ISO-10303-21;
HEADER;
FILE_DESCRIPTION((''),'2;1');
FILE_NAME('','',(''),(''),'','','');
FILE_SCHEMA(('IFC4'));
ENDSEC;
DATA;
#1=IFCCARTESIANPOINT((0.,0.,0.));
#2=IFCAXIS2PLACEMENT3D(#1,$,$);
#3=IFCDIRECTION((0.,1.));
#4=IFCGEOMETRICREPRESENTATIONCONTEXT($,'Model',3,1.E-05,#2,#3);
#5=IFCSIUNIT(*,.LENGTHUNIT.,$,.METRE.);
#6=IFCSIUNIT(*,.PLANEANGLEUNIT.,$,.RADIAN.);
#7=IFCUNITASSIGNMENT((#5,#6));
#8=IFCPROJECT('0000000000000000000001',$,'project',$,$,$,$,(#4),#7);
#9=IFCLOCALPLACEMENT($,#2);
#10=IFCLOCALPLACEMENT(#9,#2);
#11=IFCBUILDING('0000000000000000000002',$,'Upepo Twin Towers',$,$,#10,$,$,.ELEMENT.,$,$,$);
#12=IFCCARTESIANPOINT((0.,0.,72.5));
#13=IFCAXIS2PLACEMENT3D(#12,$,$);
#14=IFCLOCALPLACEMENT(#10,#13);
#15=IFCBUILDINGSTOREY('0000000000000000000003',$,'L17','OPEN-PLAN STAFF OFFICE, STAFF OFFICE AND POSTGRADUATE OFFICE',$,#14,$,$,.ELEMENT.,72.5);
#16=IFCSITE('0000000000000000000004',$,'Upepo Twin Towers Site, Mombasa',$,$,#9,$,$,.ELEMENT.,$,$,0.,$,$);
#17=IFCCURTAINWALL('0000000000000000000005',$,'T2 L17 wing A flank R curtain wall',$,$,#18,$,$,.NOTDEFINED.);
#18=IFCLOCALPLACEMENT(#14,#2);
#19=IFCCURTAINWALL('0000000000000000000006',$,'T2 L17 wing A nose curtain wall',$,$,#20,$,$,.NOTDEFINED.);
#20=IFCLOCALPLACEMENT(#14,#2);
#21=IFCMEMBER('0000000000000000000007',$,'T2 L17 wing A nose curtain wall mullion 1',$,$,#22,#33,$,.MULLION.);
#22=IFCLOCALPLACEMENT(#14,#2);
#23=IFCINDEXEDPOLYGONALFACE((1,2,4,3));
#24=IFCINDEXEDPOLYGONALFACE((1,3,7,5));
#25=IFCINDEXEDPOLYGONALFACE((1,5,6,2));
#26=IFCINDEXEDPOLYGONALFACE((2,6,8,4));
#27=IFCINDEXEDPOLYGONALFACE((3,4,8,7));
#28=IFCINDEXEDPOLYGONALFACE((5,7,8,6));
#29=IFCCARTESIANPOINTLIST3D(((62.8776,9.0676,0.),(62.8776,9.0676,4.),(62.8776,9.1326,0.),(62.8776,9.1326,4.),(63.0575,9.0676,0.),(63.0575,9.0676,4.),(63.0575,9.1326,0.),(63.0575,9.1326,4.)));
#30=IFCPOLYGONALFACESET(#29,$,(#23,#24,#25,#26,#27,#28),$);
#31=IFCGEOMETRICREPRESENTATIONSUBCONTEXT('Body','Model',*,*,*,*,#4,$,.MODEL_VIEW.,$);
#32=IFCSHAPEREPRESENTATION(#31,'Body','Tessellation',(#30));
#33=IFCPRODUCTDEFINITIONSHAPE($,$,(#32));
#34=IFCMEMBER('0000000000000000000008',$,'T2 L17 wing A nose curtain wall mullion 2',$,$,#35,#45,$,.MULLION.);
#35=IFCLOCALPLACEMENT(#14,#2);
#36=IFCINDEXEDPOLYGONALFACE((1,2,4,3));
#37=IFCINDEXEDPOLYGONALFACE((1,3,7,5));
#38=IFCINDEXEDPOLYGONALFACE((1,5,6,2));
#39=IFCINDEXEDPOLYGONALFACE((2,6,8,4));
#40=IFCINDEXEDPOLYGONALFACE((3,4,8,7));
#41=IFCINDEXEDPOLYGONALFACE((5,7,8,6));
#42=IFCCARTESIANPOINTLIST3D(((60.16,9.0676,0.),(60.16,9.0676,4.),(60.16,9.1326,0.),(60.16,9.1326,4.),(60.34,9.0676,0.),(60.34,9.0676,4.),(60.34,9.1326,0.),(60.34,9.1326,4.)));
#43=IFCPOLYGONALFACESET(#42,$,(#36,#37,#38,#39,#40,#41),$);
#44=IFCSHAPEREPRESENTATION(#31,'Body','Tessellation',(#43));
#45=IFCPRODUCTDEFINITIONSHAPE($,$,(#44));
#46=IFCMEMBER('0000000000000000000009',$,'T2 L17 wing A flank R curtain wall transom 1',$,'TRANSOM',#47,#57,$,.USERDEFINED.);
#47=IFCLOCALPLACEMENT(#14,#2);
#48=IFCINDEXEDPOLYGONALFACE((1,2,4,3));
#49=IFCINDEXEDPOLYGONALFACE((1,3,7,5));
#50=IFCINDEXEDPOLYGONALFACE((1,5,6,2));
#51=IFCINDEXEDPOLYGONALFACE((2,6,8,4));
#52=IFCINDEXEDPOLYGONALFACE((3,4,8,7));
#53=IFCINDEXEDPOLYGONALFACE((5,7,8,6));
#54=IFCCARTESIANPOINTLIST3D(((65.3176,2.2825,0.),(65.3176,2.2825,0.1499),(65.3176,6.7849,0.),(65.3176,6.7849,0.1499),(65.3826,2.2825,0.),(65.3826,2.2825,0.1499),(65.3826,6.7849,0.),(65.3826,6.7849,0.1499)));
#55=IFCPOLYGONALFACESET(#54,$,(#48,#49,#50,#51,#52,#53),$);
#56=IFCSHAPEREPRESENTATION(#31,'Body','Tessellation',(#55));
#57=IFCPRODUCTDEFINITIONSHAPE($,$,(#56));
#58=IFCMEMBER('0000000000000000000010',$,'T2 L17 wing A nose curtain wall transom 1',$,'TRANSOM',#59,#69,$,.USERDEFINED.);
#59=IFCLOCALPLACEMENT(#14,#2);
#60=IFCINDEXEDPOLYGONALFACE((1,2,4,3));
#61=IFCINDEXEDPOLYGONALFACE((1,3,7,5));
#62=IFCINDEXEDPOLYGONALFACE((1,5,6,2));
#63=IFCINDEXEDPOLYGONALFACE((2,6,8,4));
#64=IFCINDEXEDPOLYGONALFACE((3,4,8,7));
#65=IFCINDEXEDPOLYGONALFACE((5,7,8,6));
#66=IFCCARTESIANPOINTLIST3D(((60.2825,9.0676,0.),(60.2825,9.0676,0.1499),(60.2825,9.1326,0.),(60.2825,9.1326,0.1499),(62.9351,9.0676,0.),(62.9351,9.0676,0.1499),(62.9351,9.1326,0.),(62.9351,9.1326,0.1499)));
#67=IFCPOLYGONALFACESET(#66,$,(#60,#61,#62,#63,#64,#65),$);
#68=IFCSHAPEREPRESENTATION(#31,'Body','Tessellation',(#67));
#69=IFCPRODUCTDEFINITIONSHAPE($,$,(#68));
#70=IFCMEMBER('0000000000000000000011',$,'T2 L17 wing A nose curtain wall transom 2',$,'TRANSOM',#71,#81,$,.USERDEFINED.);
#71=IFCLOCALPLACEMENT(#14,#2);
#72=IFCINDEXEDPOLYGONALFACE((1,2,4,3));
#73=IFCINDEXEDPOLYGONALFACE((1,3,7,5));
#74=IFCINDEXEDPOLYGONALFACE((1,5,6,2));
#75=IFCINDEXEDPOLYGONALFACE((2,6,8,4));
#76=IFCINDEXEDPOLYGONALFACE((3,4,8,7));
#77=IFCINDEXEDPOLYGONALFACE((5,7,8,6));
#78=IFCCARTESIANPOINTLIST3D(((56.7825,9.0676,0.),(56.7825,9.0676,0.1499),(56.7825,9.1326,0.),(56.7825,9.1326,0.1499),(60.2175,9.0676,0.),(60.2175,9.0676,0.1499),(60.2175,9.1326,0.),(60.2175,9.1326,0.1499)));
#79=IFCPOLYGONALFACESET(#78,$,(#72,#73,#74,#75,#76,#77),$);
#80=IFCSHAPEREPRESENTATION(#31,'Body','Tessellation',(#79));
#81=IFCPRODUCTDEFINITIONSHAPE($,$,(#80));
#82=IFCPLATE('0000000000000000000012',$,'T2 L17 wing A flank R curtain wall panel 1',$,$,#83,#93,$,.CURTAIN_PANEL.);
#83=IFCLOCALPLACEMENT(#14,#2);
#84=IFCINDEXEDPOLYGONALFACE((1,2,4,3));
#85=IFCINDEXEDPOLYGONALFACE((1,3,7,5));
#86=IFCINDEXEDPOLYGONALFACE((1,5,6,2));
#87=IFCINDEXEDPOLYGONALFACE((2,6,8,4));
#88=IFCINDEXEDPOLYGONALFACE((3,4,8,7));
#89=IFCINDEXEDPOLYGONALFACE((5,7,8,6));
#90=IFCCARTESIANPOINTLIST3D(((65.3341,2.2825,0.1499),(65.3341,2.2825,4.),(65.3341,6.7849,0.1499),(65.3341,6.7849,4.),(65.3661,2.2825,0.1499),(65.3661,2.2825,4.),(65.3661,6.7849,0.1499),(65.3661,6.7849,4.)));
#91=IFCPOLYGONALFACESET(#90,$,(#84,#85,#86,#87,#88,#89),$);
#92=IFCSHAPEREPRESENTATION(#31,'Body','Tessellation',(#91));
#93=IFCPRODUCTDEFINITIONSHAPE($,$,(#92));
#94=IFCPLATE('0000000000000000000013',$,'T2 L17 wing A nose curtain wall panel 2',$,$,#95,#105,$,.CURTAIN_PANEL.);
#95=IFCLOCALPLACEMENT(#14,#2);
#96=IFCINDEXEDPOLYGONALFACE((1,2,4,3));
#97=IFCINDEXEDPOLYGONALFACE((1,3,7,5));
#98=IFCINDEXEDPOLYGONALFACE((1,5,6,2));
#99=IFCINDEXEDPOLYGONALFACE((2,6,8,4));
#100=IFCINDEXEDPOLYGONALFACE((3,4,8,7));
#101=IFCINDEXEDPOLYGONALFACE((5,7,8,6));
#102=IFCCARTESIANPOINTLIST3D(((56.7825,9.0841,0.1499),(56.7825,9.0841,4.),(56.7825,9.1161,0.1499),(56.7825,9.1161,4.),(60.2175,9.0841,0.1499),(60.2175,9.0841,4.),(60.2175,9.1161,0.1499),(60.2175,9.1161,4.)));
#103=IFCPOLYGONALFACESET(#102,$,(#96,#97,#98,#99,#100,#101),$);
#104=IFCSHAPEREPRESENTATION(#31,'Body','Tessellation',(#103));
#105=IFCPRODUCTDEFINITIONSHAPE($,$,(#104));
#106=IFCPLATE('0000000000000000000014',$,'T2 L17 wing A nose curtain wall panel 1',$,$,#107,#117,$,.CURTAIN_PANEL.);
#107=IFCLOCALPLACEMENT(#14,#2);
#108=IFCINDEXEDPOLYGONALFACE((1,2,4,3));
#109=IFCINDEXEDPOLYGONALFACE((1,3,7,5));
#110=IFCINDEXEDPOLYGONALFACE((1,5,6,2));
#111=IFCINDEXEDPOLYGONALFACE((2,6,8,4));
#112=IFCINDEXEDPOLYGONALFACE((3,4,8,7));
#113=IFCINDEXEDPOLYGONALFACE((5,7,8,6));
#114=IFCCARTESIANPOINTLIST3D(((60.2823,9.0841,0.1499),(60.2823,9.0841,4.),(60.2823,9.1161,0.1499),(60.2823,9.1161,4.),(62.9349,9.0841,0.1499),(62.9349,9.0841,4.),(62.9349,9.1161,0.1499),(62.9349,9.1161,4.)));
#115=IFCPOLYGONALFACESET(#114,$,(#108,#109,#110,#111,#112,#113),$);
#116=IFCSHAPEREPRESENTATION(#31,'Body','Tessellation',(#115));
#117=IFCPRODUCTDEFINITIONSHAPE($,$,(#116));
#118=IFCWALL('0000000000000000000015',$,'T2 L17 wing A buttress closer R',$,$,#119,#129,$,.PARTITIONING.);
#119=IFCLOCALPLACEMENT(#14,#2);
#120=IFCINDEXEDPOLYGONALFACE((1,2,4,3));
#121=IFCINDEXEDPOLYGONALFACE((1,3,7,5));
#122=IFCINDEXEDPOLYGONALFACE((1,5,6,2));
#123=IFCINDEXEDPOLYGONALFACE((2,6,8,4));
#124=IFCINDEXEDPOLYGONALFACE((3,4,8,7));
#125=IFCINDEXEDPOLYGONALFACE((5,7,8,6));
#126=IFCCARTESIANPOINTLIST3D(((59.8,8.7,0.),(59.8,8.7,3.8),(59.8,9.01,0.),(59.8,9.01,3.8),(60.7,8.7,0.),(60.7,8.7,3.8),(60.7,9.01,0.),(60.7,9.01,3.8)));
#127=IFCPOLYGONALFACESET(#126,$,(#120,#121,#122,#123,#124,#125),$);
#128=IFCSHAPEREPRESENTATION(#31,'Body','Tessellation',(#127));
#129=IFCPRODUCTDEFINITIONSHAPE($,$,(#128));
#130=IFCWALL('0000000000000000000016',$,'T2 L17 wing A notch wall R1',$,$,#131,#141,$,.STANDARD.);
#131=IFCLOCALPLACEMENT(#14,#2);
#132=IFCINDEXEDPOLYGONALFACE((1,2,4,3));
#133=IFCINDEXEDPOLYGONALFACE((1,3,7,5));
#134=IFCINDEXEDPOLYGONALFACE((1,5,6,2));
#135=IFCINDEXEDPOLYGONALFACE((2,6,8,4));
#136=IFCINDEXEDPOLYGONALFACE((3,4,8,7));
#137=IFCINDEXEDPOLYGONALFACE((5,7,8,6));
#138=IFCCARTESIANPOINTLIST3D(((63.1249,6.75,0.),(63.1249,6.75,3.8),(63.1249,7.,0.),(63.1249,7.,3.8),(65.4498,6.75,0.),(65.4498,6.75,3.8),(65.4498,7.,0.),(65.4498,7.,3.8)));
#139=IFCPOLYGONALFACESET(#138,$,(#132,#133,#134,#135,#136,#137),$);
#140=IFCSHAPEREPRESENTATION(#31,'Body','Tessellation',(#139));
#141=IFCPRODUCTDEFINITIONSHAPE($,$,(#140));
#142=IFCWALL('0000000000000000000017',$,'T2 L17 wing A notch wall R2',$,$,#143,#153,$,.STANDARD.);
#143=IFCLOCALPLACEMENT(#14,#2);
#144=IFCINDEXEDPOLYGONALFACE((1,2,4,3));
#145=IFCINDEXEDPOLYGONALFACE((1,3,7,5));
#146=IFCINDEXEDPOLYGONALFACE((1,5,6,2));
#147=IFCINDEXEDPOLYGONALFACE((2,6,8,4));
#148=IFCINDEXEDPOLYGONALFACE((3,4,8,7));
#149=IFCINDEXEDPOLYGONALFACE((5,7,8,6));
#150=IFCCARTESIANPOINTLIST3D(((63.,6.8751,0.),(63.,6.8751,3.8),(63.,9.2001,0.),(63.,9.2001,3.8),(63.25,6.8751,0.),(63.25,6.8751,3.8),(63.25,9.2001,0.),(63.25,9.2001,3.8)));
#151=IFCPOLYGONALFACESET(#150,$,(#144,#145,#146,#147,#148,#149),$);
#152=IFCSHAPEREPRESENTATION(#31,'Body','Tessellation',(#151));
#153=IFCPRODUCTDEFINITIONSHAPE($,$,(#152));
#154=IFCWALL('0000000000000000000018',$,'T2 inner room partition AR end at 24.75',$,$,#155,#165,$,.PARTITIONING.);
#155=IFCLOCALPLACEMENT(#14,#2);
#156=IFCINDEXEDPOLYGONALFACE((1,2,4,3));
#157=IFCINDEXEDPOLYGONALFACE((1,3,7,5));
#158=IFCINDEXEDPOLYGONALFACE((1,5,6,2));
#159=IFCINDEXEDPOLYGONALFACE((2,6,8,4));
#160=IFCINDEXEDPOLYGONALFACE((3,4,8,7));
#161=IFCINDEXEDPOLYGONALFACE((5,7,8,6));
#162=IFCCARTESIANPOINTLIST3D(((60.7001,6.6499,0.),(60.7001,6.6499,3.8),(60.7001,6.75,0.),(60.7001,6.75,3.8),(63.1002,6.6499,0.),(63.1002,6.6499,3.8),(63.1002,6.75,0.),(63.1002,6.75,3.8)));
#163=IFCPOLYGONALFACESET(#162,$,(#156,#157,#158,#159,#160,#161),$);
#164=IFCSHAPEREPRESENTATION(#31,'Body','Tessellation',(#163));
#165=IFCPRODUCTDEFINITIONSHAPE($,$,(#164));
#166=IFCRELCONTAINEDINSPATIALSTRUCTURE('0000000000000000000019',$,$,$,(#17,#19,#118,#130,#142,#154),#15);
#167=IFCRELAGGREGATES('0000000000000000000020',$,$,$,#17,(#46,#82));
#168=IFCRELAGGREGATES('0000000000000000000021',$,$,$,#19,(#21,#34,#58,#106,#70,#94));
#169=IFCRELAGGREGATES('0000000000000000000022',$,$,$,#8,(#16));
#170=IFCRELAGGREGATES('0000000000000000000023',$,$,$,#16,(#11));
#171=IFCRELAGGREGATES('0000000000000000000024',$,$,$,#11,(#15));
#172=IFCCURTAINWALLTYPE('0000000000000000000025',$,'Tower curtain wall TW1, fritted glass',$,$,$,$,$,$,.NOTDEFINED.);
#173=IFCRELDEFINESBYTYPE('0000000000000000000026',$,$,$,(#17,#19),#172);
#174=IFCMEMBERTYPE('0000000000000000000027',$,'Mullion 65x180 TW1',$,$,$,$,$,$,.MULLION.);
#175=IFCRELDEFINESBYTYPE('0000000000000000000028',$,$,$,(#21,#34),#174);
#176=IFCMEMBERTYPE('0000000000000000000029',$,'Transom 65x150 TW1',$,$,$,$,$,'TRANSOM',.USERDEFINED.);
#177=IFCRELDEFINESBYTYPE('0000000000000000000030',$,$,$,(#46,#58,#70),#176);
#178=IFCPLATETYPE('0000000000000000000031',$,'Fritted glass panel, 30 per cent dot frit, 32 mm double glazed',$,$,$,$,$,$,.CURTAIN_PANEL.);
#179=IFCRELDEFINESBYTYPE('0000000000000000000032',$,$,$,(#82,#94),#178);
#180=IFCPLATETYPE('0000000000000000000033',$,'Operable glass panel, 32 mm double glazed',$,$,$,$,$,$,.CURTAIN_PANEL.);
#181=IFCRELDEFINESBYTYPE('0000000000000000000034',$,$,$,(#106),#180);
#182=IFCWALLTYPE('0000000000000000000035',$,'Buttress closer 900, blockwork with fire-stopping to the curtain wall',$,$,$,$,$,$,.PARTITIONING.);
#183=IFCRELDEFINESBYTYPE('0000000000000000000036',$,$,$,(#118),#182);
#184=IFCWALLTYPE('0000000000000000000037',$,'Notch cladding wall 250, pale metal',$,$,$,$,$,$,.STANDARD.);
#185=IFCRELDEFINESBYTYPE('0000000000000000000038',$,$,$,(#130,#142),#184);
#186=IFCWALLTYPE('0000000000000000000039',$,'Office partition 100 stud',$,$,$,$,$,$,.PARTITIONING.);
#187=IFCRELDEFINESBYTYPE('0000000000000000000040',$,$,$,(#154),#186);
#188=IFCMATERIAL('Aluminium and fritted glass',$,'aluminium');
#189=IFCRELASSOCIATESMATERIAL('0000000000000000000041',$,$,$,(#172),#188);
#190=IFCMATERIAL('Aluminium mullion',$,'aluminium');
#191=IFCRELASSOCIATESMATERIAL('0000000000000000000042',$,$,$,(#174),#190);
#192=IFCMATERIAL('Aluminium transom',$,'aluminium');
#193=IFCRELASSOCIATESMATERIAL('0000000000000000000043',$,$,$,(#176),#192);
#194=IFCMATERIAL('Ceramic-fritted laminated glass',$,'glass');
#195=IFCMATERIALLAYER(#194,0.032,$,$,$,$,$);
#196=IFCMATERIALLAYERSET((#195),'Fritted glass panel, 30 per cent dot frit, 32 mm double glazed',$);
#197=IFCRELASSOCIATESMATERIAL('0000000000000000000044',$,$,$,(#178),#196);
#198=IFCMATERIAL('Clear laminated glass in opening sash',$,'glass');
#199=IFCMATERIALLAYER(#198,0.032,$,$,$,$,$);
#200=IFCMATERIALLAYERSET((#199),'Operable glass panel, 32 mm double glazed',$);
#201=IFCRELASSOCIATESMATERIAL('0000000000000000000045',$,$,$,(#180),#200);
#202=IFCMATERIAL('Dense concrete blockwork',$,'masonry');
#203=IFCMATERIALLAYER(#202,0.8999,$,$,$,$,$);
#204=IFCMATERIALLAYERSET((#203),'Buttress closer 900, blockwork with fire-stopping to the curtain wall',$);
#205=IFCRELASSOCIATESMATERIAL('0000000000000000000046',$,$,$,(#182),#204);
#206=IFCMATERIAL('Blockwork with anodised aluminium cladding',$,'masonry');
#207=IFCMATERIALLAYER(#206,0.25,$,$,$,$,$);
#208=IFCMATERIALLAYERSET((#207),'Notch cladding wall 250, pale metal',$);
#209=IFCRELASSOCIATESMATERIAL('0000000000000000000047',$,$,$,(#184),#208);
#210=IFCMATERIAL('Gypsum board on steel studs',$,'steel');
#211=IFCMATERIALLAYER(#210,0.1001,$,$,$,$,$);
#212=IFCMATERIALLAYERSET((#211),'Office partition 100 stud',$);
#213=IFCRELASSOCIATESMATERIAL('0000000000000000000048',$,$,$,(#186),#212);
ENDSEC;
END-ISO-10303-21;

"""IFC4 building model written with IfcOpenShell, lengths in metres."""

from ifc_helpers import new_model, si_unit, direction, frame, frame_2d, origin, origin_2d, place, context, subcontext, project, spatial, rectangle, extrude, material, layer, layer_set, material_profile, profile_set, type_object, element, aggregate, save


model = new_model("IFC4")

# Units and contexts
model_context = context("Model", 3, precision=1e-05, world=origin(), true_north=direction((0.0, 1.0)))
body_context = subcontext(model_context, "Body", "Model", "MODEL_VIEW")
ifc_project = project(units=[si_unit("LENGTHUNIT", "METRE"), si_unit("PLANEANGLEUNIT", "RADIAN")], contexts=[model_context])

# Site, building, storey
site_placement = place(None, origin())
site = spatial("IfcSite", under=ifc_project, at=site_placement, Name="Upepo Twin Towers Site, Mombasa", CompositionType="ELEMENT", RefElevation=0.0)
building_placement = place(site_placement, origin())
building = spatial("IfcBuilding", under=site, at=building_placement, Name="Upepo Twin Towers", CompositionType="ELEMENT")
storey_placement = place(building_placement, frame((0.0, 0.0, 72.5)))
storey = spatial("IfcBuildingStorey", under=building, at=storey_placement, Name="L17", Description="OPEN-PLAN STAFF OFFICE, STAFF OFFICE AND POSTGRADUATE OFFICE", CompositionType="ELEMENT", Elevation=72.5)

# Curtain wall
ifc_material_1 = material(Name="Aluminium and fritted glass", Category="aluminium")
curtain_wall_type = type_object("IfcCurtainWallType", Name="Tower curtain wall TW1, fritted glass", PredefinedType="NOTDEFINED", material=ifc_material_1)
curtain_wall_1_placement = place(storey_placement, origin())
curtain_wall_1 = element("IfcCurtainWall", 1, at=curtain_wall_1_placement, inside=storey, type_object=curtain_wall_type, Name="T2 L17 wing A flank R curtain wall", PredefinedType="NOTDEFINED")
ifc_material_2 = material(Name="Aluminium mullion", Category="aluminium")
ifc_material_profile_1 = material_profile(ifc_material_2, rectangle(XDim=0.0649, YDim=0.1799, at=origin_2d()), Name="MULLION 65x180")
ifc_profile_set_1 = profile_set([ifc_material_profile_1], Name="Aluminium mullion")
member_type_1 = type_object("IfcMemberType", Name="Mullion 65x180 TW1", PredefinedType="MULLION", material=ifc_profile_set_1)

# Curtain wall, members
curtain_wall_2_placement = place(storey_placement, origin())
curtain_wall_2 = element("IfcCurtainWall", 2, at=curtain_wall_2_placement, inside=storey, type_object=curtain_wall_type, Name="T2 L17 wing A nose curtain wall", PredefinedType="NOTDEFINED")
member_1_placement = place(storey_placement, frame((62.9675, 9.1001, 0.0), z_axis=(0.0, 0.0, 1.0), x_axis=(0.0, -1.0, 0.0)))
member_1 = element("IfcMember", 3, at=member_1_placement, type_object=member_type_1, Name="T2 L17 wing A nose curtain wall mullion 1", PredefinedType="MULLION", context=body_context, shape_type="SweptSolid", body=[
    extrude(rectangle(XDim=0.0649, YDim=0.1799, at=origin_2d()), origin(), (0.0, 0.0, 1.0), 4.0),
])
member_2_placement = place(storey_placement, frame((60.25, 9.1001, 0.0), z_axis=(0.0, 0.0, 1.0), x_axis=(0.0, -1.0, 0.0)))
member_2 = element("IfcMember", 4, at=member_2_placement, type_object=member_type_1, Name="T2 L17 wing A nose curtain wall mullion 2", PredefinedType="MULLION", context=body_context, shape_type="SweptSolid", body=[
    extrude(rectangle(XDim=0.0649, YDim=0.1799, at=origin_2d()), origin(), (0.0, 0.0, 1.0), 4.0),
])

# Members
ifc_material_3 = material(Name="Aluminium transom", Category="aluminium")
ifc_material_profile_2 = material_profile(ifc_material_3, rectangle(XDim=0.0649, YDim=0.1499, at=origin_2d()), Name="TRANSOM 65x150")
ifc_profile_set_2 = profile_set([ifc_material_profile_2], Name="Aluminium transom")
member_type_2 = type_object("IfcMemberType", Name="Transom 65x150 TW1", ElementType="TRANSOM", PredefinedType="USERDEFINED", material=ifc_profile_set_2)
member_3_placement = place(storey_placement, frame((65.3501, 6.7849, 0.075), z_axis=(0.0, -1.0, 0.0), x_axis=(1.0, 0.0, 0.0)))
member_3 = element("IfcMember", 5, at=member_3_placement, type_object=member_type_2, Name="T2 L17 wing A flank R curtain wall transom 1", ObjectType="TRANSOM", PredefinedType="USERDEFINED", context=body_context, shape_type="SweptSolid", body=[
    extrude(rectangle(XDim=0.0649, YDim=0.1499, at=origin_2d()), origin(), (0.0, 0.0, 1.0), 4.5024),
])
member_4_placement = place(storey_placement, frame((62.9351, 9.1001, 0.075), z_axis=(-1.0, 0.0, 0.0), x_axis=(0.0, -1.0, 0.0)))
member_4 = element("IfcMember", 6, at=member_4_placement, type_object=member_type_2, Name="T2 L17 wing A nose curtain wall transom 1", ObjectType="TRANSOM", PredefinedType="USERDEFINED", context=body_context, shape_type="SweptSolid", body=[
    extrude(rectangle(XDim=0.0649, YDim=0.1499, at=origin_2d()), origin(), (0.0, 0.0, 1.0), 2.6526),
])
member_5_placement = place(storey_placement, frame((60.2175, 9.1001, 0.075), z_axis=(-1.0, 0.0, 0.0), x_axis=(0.0, -1.0, 0.0)))
member_5 = element("IfcMember", 7, at=member_5_placement, type_object=member_type_2, Name="T2 L17 wing A nose curtain wall transom 2", ObjectType="TRANSOM", PredefinedType="USERDEFINED", context=body_context, shape_type="SweptSolid", body=[
    extrude(rectangle(XDim=0.0649, YDim=0.1499, at=origin_2d()), origin(), (0.0, 0.0, 1.0), 3.4351),
])

# Plates
ifc_material_4 = material(Name="Ceramic-fritted laminated glass", Category="glass")
ifc_layer_1 = layer(ifc_material_4, 0.032)
ifc_layer_set_1 = layer_set([ifc_layer_1], Name="Fritted glass panel, 30 per cent dot frit, 32 mm double glazed")
plate_type_1 = type_object("IfcPlateType", Name="Fritted glass panel, 30 per cent dot frit, 32 mm double glazed", PredefinedType="CURTAIN_PANEL", material=ifc_layer_set_1)
plate_1_placement = place(storey_placement, frame((65.3501, 4.5337, 0.1499), z_axis=(0.0, 0.0, 1.0), x_axis=(0.0, -1.0, 0.0)))
plate_1 = element("IfcPlate", 8, at=plate_1_placement, type_object=plate_type_1, Name="T2 L17 wing A flank R curtain wall panel 1", PredefinedType="CURTAIN_PANEL", context=body_context, shape_type="SweptSolid", body=[
    extrude(rectangle(XDim=4.5024, YDim=0.032, at=origin_2d()), origin(), (0.0, 0.0, 1.0), 3.8501),
])
aggregate(curtain_wall_1, [member_3, plate_1])
plate_2_placement = place(storey_placement, frame((58.5, 9.1001, 0.1499), z_axis=(0.0, 0.0, 1.0), x_axis=(-1.0, 0.0, 0.0)))
plate_2 = element("IfcPlate", 9, at=plate_2_placement, type_object=plate_type_1, Name="T2 L17 wing A nose curtain wall panel 2", PredefinedType="CURTAIN_PANEL", context=body_context, shape_type="SweptSolid", body=[
    extrude(rectangle(XDim=3.4351, YDim=0.032, at=origin_2d()), origin(), (0.0, 0.0, 1.0), 3.8501),
])
ifc_material_5 = material(Name="Clear laminated glass in opening sash", Category="glass")
ifc_layer_2 = layer(ifc_material_5, 0.032)
ifc_layer_set_2 = layer_set([ifc_layer_2], Name="Operable glass panel, 32 mm double glazed")
plate_type_2 = type_object("IfcPlateType", Name="Operable glass panel, 32 mm double glazed", PredefinedType="CURTAIN_PANEL", material=ifc_layer_set_2)
plate_3_placement = place(storey_placement, frame((61.6086, 9.1001, 0.1499), z_axis=(0.0, 0.0, 1.0), x_axis=(-1.0, 0.0, 0.0)))
plate_3 = element("IfcPlate", 10, at=plate_3_placement, type_object=plate_type_2, Name="T2 L17 wing A nose curtain wall panel 1", PredefinedType="CURTAIN_PANEL", context=body_context, shape_type="SweptSolid", body=[
    extrude(rectangle(XDim=2.6526, YDim=0.032, at=origin_2d()), origin(), (0.0, 0.0, 1.0), 3.8501),
])
aggregate(curtain_wall_2, [member_1, member_2, member_4, plate_3, member_5, plate_2])

# Walls
ifc_material_6 = material(Name="Dense concrete blockwork", Category="masonry")
ifc_layer_3 = layer(ifc_material_6, 0.8999)
ifc_layer_set_3 = layer_set([ifc_layer_3], Name="Buttress closer 900, blockwork with fire-stopping to the curtain wall")
wall_type_1 = type_object("IfcWallType", Name="Buttress closer 900, blockwork with fire-stopping to the curtain wall", PredefinedType="PARTITIONING", material=ifc_layer_set_3)
wall_1_placement = place(storey_placement, frame((60.25, 8.7, 0.0), z_axis=(0.0, 0.0, 1.0), x_axis=(0.0, 1.0, 0.0)))
element("IfcWall", 11, at=wall_1_placement, inside=storey, type_object=wall_type_1, Name="T2 L17 wing A buttress closer R", PredefinedType="PARTITIONING", context=body_context, shape_type="SweptSolid", body=[
    extrude(rectangle(XDim=0.3101, YDim=0.8999, at=frame_2d((0.155, 0.0))), origin(), (0.0, 0.0, 1.0), 3.8),
])
ifc_material_7 = material(Name="Blockwork with anodised aluminium cladding", Category="masonry")
ifc_layer_4 = layer(ifc_material_7, 0.25)
ifc_layer_set_4 = layer_set([ifc_layer_4], Name="Notch cladding wall 250, pale metal")
wall_type_2 = type_object("IfcWallType", Name="Notch cladding wall 250, pale metal", PredefinedType="STANDARD", material=ifc_layer_set_4)
for number, where, z_axis, x_axis, name in (
    (12, (65.45, 6.875, 0.0), (0.0, 0.0, 1.0), (-1.0, 0.0, 0.0), "T2 L17 wing A notch wall R1"),
    (13, (63.125, 6.875, 0.0), (0.0, 0.0, 1.0), (0.0, 1.0, 0.0), "T2 L17 wing A notch wall R2"),
):
    element("IfcWall", number, at=place(storey_placement, frame(where, z_axis=z_axis, x_axis=x_axis)), inside=storey, type_object=wall_type_2, Name=name, PredefinedType="STANDARD", context=body_context, shape_type="SweptSolid", body=[
        extrude(rectangle(XDim=2.325, YDim=0.25, at=frame_2d((1.1626, 0.0))), origin(), (0.0, 0.0, 1.0), 3.8),
    ])
ifc_material_8 = material(Name="Gypsum board on steel studs", Category="steel")
ifc_layer_5 = layer(ifc_material_8, 0.1001)
ifc_layer_set_5 = layer_set([ifc_layer_5], Name="Office partition 100 stud")
wall_type_3 = type_object("IfcWallType", Name="Office partition 100 stud", PredefinedType="PARTITIONING", material=ifc_layer_set_5)
wall_2_placement = place(storey_placement, frame((60.7, 6.7, 0.0), z_axis=(0.0, 0.0, 1.0), x_axis=(1.0, 0.0, 0.0)))
element("IfcWall", 14, at=wall_2_placement, inside=storey, type_object=wall_type_3, Name="T2 inner room partition AR end at 24.75", PredefinedType="PARTITIONING", context=body_context, shape_type="SweptSolid", body=[
    extrude(rectangle(XDim=2.4001, YDim=0.1001, at=frame_2d((1.2002, 0.0))), origin(), (0.0, 0.0, 1.0), 3.8),
])

save(model, "model.ifc")
